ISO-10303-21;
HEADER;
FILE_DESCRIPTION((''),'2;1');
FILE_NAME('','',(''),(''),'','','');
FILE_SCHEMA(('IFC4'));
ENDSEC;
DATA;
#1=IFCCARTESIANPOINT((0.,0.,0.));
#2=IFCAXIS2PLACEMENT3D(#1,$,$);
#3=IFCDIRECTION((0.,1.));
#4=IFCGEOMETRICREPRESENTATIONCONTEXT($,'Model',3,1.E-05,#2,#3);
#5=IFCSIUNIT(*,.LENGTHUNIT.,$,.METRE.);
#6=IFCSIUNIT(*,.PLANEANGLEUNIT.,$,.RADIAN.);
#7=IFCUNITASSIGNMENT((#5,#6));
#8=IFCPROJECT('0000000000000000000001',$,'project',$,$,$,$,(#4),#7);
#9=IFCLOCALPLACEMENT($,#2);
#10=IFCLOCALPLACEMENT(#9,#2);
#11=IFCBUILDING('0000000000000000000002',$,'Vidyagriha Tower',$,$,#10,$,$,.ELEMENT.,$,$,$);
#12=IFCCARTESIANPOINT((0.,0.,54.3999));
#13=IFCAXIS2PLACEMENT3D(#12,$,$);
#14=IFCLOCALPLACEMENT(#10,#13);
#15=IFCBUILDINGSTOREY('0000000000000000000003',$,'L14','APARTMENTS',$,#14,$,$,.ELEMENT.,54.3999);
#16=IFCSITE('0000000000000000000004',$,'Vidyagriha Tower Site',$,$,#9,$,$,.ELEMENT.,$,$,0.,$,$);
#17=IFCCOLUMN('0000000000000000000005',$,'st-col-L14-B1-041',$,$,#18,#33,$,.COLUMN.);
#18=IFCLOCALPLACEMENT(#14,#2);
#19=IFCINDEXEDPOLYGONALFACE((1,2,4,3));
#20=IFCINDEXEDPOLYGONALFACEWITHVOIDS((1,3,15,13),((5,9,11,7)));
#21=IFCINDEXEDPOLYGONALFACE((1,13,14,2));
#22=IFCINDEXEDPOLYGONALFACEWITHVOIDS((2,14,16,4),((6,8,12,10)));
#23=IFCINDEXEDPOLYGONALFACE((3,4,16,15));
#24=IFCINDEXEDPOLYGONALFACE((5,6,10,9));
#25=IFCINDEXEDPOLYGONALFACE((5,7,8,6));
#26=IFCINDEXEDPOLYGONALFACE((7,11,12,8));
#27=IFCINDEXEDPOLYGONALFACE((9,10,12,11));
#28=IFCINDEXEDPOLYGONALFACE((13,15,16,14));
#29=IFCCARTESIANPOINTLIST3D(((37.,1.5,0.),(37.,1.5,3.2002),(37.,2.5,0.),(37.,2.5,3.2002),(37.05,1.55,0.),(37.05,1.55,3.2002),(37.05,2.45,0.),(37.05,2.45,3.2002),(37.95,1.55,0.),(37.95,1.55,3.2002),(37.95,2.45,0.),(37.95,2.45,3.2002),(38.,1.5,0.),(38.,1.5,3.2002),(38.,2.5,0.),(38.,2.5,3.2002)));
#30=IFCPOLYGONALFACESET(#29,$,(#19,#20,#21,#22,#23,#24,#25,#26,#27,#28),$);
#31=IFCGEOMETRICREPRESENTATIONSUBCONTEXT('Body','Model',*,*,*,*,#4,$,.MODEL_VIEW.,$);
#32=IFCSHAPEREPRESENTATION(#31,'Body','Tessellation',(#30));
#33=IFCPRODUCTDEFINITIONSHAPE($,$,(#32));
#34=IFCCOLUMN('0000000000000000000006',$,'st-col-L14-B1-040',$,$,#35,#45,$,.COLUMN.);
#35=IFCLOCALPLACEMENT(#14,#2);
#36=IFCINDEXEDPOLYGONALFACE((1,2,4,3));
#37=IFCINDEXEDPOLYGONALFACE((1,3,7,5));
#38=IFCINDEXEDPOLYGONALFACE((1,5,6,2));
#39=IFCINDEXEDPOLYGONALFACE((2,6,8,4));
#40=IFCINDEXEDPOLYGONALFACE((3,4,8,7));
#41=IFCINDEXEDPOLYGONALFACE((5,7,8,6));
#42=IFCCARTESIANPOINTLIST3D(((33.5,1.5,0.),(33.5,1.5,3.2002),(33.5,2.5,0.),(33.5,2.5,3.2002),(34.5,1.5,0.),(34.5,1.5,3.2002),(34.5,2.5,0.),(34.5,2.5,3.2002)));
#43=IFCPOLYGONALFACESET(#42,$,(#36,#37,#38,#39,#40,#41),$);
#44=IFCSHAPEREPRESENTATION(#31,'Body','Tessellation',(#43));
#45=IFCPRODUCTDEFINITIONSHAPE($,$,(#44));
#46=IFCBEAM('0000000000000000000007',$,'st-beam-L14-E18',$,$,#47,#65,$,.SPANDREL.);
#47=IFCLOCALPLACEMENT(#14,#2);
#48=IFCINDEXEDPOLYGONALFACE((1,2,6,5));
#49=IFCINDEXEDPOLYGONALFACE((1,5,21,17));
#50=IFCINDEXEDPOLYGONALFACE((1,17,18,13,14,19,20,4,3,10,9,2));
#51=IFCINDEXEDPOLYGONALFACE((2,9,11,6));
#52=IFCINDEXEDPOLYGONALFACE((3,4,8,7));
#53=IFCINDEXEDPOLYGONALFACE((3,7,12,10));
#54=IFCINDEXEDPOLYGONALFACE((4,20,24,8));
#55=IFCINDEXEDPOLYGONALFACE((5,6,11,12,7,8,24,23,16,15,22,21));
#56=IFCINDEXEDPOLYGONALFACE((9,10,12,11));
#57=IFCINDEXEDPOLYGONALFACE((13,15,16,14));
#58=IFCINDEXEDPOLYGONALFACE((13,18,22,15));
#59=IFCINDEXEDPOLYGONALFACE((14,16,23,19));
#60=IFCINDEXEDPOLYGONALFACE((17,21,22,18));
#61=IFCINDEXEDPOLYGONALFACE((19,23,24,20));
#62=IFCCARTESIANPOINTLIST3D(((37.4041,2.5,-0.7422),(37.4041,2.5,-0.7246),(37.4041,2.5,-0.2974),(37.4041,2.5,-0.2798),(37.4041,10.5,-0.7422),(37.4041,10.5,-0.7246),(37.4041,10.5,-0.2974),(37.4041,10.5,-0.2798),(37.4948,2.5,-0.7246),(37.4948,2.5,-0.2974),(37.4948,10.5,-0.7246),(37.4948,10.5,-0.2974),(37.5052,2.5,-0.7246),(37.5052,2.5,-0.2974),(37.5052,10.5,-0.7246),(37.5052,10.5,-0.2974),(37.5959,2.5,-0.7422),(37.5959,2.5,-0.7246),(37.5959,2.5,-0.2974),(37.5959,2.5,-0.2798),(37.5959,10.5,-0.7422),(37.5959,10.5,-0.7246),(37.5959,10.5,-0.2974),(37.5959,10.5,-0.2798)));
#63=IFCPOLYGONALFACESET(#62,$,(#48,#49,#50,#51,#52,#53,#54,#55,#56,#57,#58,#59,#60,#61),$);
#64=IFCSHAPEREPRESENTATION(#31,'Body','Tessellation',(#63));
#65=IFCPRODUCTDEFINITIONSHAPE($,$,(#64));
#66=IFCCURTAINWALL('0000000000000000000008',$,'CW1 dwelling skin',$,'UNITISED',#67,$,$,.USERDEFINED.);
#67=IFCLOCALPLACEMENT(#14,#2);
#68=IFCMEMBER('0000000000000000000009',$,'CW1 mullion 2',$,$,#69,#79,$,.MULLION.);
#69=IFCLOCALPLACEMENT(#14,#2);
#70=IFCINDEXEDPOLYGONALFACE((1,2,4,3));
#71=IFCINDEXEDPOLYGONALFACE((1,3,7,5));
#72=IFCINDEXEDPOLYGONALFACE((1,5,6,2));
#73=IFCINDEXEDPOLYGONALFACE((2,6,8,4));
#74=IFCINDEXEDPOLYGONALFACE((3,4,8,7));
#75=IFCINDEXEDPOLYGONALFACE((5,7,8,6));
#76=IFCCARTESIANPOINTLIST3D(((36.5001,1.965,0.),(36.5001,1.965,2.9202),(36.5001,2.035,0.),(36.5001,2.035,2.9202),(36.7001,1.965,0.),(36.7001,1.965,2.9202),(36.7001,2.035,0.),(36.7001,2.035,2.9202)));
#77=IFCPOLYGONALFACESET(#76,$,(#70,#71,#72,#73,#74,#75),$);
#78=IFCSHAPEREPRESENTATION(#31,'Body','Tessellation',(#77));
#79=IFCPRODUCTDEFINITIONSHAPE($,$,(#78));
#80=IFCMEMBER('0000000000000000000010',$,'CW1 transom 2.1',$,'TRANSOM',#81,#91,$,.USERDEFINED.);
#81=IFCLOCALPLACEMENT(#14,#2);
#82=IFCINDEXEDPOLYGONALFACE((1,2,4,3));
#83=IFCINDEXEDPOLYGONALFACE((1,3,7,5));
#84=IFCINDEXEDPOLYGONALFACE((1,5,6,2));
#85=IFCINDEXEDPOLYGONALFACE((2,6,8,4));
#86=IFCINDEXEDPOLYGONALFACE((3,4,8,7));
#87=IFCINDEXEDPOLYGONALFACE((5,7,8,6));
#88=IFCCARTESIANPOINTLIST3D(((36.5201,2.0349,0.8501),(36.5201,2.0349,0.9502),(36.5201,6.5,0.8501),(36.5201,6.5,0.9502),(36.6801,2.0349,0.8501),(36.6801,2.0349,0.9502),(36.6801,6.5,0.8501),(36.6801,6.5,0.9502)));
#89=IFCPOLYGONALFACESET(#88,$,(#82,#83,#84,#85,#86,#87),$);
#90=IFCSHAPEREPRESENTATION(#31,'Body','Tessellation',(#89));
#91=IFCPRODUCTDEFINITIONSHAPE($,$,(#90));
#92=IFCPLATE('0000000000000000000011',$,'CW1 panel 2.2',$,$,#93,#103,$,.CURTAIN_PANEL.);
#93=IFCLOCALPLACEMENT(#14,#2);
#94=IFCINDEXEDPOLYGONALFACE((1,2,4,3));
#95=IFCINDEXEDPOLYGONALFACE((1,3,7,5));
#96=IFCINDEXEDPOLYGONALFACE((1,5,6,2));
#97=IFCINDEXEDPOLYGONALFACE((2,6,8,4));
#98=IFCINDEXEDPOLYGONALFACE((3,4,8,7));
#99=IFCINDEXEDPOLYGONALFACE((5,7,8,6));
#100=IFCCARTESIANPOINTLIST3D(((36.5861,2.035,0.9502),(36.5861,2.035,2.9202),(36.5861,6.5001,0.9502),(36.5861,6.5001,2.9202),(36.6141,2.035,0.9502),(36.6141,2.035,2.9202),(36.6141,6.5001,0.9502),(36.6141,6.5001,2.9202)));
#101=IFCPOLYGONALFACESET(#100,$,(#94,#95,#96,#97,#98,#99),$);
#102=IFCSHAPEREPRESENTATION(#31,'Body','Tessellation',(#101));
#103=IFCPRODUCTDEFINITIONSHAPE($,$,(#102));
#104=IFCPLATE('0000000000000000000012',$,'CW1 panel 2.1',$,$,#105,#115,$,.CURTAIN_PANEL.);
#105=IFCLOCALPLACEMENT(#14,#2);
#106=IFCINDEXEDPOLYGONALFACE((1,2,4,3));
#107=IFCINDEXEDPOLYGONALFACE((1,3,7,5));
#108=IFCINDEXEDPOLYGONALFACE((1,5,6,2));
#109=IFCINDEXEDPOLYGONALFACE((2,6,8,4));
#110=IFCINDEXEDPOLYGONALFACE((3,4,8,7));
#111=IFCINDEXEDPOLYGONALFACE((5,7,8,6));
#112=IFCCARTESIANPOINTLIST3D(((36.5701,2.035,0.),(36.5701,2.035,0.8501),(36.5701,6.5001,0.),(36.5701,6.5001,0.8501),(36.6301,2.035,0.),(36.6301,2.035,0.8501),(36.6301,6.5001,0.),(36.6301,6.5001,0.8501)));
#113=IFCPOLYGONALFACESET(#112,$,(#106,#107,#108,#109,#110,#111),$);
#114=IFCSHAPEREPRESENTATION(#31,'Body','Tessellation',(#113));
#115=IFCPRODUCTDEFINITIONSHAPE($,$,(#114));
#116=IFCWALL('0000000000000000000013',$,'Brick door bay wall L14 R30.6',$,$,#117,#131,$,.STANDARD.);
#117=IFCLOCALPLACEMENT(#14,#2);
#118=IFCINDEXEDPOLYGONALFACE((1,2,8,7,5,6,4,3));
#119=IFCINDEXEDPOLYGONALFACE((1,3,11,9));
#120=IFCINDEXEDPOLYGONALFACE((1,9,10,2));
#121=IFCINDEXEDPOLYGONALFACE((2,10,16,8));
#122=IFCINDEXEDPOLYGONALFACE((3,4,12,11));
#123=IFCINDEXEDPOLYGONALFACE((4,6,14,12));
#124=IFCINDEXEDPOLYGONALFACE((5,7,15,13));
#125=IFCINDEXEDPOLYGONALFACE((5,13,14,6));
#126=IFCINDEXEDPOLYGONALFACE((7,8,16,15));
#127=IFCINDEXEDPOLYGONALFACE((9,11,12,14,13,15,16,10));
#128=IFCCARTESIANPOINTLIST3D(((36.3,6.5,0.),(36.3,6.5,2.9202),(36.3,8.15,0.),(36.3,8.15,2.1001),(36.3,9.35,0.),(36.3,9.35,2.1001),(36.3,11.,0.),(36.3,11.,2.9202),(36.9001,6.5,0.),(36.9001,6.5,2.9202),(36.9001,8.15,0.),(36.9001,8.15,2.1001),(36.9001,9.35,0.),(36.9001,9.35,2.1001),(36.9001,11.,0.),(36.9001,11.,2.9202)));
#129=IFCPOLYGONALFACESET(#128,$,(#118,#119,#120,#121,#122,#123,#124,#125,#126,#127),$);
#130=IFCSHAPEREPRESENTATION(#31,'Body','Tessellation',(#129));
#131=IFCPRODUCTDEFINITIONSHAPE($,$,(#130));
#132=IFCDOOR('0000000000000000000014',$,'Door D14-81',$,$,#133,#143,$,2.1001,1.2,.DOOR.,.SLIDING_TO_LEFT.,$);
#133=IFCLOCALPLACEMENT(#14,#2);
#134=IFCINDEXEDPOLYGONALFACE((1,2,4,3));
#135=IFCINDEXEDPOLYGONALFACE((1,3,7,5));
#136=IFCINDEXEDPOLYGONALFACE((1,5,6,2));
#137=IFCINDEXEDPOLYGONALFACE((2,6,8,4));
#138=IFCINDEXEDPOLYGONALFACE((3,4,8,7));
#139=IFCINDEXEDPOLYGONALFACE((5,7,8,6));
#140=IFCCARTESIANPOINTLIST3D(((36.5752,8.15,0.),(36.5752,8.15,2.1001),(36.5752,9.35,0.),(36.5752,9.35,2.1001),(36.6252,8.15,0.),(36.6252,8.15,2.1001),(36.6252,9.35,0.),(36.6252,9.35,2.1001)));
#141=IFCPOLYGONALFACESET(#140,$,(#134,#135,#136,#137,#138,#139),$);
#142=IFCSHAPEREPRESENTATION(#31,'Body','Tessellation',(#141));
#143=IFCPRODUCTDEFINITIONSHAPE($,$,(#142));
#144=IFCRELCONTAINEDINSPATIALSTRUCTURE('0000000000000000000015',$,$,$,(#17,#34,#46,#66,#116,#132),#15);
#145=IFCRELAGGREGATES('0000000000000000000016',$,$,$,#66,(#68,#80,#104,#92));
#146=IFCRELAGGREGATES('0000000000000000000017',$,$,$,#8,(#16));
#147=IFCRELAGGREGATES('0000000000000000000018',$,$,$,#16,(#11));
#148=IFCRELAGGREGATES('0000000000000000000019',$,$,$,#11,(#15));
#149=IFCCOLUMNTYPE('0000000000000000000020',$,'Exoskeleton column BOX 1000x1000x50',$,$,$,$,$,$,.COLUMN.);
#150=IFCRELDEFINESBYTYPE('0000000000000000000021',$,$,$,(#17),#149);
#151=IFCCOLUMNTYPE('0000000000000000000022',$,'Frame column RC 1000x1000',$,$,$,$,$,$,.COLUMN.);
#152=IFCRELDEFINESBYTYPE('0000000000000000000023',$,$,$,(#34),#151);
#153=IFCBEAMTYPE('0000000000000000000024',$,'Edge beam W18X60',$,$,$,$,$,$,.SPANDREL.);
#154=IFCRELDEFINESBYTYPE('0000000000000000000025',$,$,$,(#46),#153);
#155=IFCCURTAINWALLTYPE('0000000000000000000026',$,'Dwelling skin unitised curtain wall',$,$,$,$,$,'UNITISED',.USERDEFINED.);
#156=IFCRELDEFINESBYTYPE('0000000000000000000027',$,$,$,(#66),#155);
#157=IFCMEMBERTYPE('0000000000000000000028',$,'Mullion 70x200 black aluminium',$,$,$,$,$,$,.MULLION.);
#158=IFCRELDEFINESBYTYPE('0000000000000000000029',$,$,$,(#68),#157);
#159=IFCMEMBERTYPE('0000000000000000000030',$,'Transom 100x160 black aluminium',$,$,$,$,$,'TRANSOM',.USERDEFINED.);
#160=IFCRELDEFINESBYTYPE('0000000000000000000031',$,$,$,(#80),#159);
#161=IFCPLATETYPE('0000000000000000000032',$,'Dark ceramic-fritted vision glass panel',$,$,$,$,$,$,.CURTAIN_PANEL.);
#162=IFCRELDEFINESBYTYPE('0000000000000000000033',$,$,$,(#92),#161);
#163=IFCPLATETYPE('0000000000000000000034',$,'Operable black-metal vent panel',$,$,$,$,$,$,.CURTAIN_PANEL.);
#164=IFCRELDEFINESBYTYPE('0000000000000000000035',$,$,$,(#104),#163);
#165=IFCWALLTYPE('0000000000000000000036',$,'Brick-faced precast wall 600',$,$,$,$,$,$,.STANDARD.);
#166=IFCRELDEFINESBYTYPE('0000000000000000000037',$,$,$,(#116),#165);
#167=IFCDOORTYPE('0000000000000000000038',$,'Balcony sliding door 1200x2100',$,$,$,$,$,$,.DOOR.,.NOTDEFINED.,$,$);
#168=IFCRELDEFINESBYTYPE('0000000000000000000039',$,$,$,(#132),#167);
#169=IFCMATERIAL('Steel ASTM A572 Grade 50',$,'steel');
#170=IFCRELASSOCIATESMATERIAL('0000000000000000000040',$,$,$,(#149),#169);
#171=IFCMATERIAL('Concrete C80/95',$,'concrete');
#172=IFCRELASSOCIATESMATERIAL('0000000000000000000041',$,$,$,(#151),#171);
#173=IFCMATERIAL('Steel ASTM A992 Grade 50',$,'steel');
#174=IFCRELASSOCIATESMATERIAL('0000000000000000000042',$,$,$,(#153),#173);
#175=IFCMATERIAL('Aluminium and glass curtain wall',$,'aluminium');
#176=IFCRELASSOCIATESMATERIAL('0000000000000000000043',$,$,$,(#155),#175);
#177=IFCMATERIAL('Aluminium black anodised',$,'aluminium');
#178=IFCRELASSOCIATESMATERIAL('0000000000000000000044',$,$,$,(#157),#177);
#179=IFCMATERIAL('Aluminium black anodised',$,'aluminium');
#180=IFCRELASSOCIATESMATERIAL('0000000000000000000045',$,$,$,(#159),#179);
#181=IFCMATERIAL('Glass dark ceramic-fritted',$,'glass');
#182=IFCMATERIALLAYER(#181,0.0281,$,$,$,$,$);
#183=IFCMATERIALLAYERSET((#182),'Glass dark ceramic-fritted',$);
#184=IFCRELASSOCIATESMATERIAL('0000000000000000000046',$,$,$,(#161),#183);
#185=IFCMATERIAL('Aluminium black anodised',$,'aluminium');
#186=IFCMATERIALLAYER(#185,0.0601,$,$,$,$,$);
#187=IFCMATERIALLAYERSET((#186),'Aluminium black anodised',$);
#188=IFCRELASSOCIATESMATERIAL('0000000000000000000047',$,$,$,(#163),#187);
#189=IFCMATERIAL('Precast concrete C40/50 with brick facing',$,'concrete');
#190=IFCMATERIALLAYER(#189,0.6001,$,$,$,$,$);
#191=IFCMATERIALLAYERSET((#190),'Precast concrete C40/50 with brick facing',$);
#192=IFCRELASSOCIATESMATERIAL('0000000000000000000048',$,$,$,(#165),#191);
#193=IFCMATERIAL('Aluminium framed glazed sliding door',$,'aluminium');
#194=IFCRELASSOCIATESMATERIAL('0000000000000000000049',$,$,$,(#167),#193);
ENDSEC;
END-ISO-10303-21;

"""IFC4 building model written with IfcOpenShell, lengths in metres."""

from ifc_helpers import new_model, si_unit, direction, frame, frame_2d, origin, origin_2d, place, context, subcontext, project, spatial, rectangle, hollow_rectangle, i_section, extrude, material, layer, layer_set, material_profile, profile_set, type_object, element, fill, aggregate, save


model = new_model("IFC4")

# Units and contexts
model_context = context("Model", 3, precision=1e-05, world=origin(), true_north=direction((0.0, 1.0)))
body_context = subcontext(model_context, "Body", "Model", "MODEL_VIEW")
ifc_project = project(units=[si_unit("LENGTHUNIT", "METRE"), si_unit("PLANEANGLEUNIT", "RADIAN")], contexts=[model_context])

# Site, building, storey
site_placement = place(None, origin())
site = spatial("IfcSite", under=ifc_project, at=site_placement, Name="Vidyagriha Tower Site", CompositionType="ELEMENT", RefElevation=0.0)
building_placement = place(site_placement, origin())
building = spatial("IfcBuilding", under=site, at=building_placement, Name="Vidyagriha Tower", CompositionType="ELEMENT")
storey_placement = place(building_placement, frame((0.0, 0.0, 54.3999)))
storey = spatial("IfcBuildingStorey", under=building, at=storey_placement, Name="L14", Description="APARTMENTS", CompositionType="ELEMENT", Elevation=54.3999)

# Columns
ifc_material_1 = material(Name="Steel ASTM A572 Grade 50", Category="steel")
ifc_material_profile_1 = material_profile(ifc_material_1, hollow_rectangle(XDim=1.0, YDim=1.0, WallThickness=0.05, at=origin_2d()), Name="BOX 1000x1000x50")
ifc_profile_set_1 = profile_set([ifc_material_profile_1], Name="Steel ASTM A572 Grade 50")
column_type_1 = type_object("IfcColumnType", Name="Exoskeleton column BOX 1000x1000x50", PredefinedType="COLUMN", material=ifc_profile_set_1)
column_1_placement = place(storey_placement, frame((37.5, 2.0, 0.0)))
element("IfcColumn", 1, at=column_1_placement, inside=storey, type_object=column_type_1, Name="st-col-L14-B1-041", PredefinedType="COLUMN", context=body_context, shape_type="SweptSolid", body=[
    extrude(hollow_rectangle(XDim=1.0, YDim=1.0, WallThickness=0.05, at=origin_2d()), origin(), (0.0, 0.0, 1.0), 3.2002),
])
ifc_material_2 = material(Name="Concrete C80/95", Category="concrete")
ifc_material_profile_2 = material_profile(ifc_material_2, rectangle(XDim=1.0, YDim=1.0, at=origin_2d()), Name="RC 1000x1000")
ifc_profile_set_2 = profile_set([ifc_material_profile_2], Name="Concrete C80/95")
column_type_2 = type_object("IfcColumnType", Name="Frame column RC 1000x1000", PredefinedType="COLUMN", material=ifc_profile_set_2)
column_2_placement = place(storey_placement, frame((34.0, 2.0, 0.0)))
element("IfcColumn", 2, at=column_2_placement, inside=storey, type_object=column_type_2, Name="st-col-L14-B1-040", PredefinedType="COLUMN", context=body_context, shape_type="SweptSolid", body=[
    extrude(rectangle(XDim=1.0, YDim=1.0, at=origin_2d()), origin(), (0.0, 0.0, 1.0), 3.2002),
])

# Beam
ifc_material_3 = material(Name="Steel ASTM A992 Grade 50", Category="steel")
ifc_material_profile_3 = material_profile(ifc_material_3, i_section(OverallWidth=0.1919, OverallDepth=0.4624, WebThickness=0.0105, FlangeThickness=0.0176, at=origin_2d()), Name="W18X60")
ifc_profile_set_3 = profile_set([ifc_material_profile_3], Name="Steel ASTM A992 Grade 50")
beam_type = type_object("IfcBeamType", Name="Edge beam W18X60", PredefinedType="SPANDREL", material=ifc_profile_set_3)
beam_placement = place(storey_placement, frame((37.5, 2.5, -0.511), z_axis=(0.0, 1.0, 0.0), x_axis=(-1.0, 0.0, 0.0)))
element("IfcBeam", 3, at=beam_placement, inside=storey, type_object=beam_type, Name="st-beam-L14-E18", PredefinedType="SPANDREL", context=body_context, shape_type="SweptSolid", body=[
    extrude(i_section(OverallWidth=0.1919, OverallDepth=0.4624, WebThickness=0.0105, FlangeThickness=0.0176, at=origin_2d()), origin(), (0.0, 0.0, 1.0), 8.0),
])

# Curtain wall, members, plates
ifc_material_4 = material(Name="Aluminium and glass curtain wall", Category="aluminium")
curtain_wall_type = type_object("IfcCurtainWallType", Name="Dwelling skin unitised curtain wall", ElementType="UNITISED", PredefinedType="USERDEFINED", material=ifc_material_4)
curtain_wall_placement = place(storey_placement, origin())
curtain_wall = element("IfcCurtainWall", 4, at=curtain_wall_placement, inside=storey, type_object=curtain_wall_type, Name="CW1 dwelling skin", ObjectType="UNITISED", PredefinedType="USERDEFINED")
ifc_material_5 = material(Name="Aluminium black anodised", Category="aluminium")
ifc_material_profile_4 = material_profile(ifc_material_5, rectangle(XDim=0.2, YDim=0.0701, at=origin_2d()), Name="Mullion 70x200 black aluminium")
ifc_profile_set_4 = profile_set([ifc_material_profile_4], Name="Aluminium black anodised")
member_type_1 = type_object("IfcMemberType", Name="Mullion 70x200 black aluminium", PredefinedType="MULLION", material=ifc_profile_set_4)
member_1_placement = place(storey_placement, frame((36.6001, 2.0, 0.0), z_axis=(0.0, 0.0, 1.0), x_axis=(-1.0, 0.0, 0.0)))
member_1 = element("IfcMember", 5, at=member_1_placement, type_object=member_type_1, Name="CW1 mullion 2", PredefinedType="MULLION", context=body_context, shape_type="SweptSolid", body=[
    extrude(rectangle(XDim=0.2, YDim=0.0701, at=origin_2d()), origin(), (0.0, 0.0, 1.0), 2.9202),
])
ifc_material_6 = material(Name="Aluminium black anodised", Category="aluminium")
ifc_material_profile_5 = material_profile(ifc_material_6, rectangle(XDim=0.1599, YDim=0.1001, at=origin_2d()), Name="Transom 100x160 black aluminium")
ifc_profile_set_5 = profile_set([ifc_material_profile_5], Name="Aluminium black anodised")
member_type_2 = type_object("IfcMemberType", Name="Transom 100x160 black aluminium", ElementType="TRANSOM", PredefinedType="USERDEFINED", material=ifc_profile_set_5)
member_2_placement = place(storey_placement, frame((36.6001, 2.0349, 0.9001), z_axis=(0.0, 1.0, 0.0), x_axis=(-1.0, 0.0, 0.0)))
member_2 = element("IfcMember", 6, at=member_2_placement, type_object=member_type_2, Name="CW1 transom 2.1", ObjectType="TRANSOM", PredefinedType="USERDEFINED", context=body_context, shape_type="SweptSolid", body=[
    extrude(rectangle(XDim=0.1599, YDim=0.1001, at=origin_2d()), origin(), (0.0, 0.0, 1.0), 4.4651),
])
ifc_material_7 = material(Name="Glass dark ceramic-fritted", Category="glass")
ifc_layer_1 = layer(ifc_material_7, 0.0281)
ifc_layer_set_1 = layer_set([ifc_layer_1], Name="Glass dark ceramic-fritted")
plate_type_1 = type_object("IfcPlateType", Name="Dark ceramic-fritted vision glass panel", PredefinedType="CURTAIN_PANEL", material=ifc_layer_set_1)
plate_1_placement = place(storey_placement, frame((36.6001, 4.2676, 0.9502), z_axis=(0.0, 0.0, 1.0), x_axis=(0.0, 1.0, 0.0)))
plate_1 = element("IfcPlate", 7, at=plate_1_placement, type_object=plate_type_1, Name="CW1 panel 2.2", PredefinedType="CURTAIN_PANEL", context=body_context, shape_type="SweptSolid", body=[
    extrude(rectangle(XDim=4.4651, YDim=0.0281, at=origin_2d()), origin(), (0.0, 0.0, 1.0), 1.97),
])
ifc_material_8 = material(Name="Aluminium black anodised", Category="aluminium")
ifc_layer_2 = layer(ifc_material_8, 0.0601)
ifc_layer_set_2 = layer_set([ifc_layer_2], Name="Aluminium black anodised")
plate_type_2 = type_object("IfcPlateType", Name="Operable black-metal vent panel", PredefinedType="CURTAIN_PANEL", material=ifc_layer_set_2)
plate_2_placement = place(storey_placement, frame((36.6001, 4.2676, 0.0), z_axis=(0.0, 0.0, 1.0), x_axis=(0.0, 1.0, 0.0)))
plate_2 = element("IfcPlate", 8, at=plate_2_placement, type_object=plate_type_2, Name="CW1 panel 2.1", PredefinedType="CURTAIN_PANEL", context=body_context, shape_type="SweptSolid", body=[
    extrude(rectangle(XDim=4.4651, YDim=0.0601, at=origin_2d()), origin(), (0.0, 0.0, 1.0), 0.8501),
])
aggregate(curtain_wall, [member_1, member_2, plate_2, plate_1])

# Wall, opening, door
ifc_material_9 = material(Name="Precast concrete C40/50 with brick facing", Category="concrete")
ifc_layer_3 = layer(ifc_material_9, 0.6001)
ifc_layer_set_3 = layer_set([ifc_layer_3], Name="Precast concrete C40/50 with brick facing")
wall_type = type_object("IfcWallType", Name="Brick-faced precast wall 600", PredefinedType="STANDARD", material=ifc_layer_set_3)
wall_placement = place(storey_placement, frame((36.6001, 6.5, 0.0), z_axis=(0.0, 0.0, 1.0), x_axis=(0.0, 1.0, 0.0)))
wall = element("IfcWall", 9, at=wall_placement, inside=storey, type_object=wall_type, Name="Brick door bay wall L14 R30.6", PredefinedType="STANDARD", context=body_context, shape_type="SweptSolid", body=[
    extrude(rectangle(XDim=4.5, YDim=0.6001, at=frame_2d((2.25, 0.0))), origin(), (0.0, 0.0, 1.0), 2.9202),
])
opening_placement = place(wall_placement, frame((1.6499, 0.0, 0.0)))
opening = element("IfcOpeningElement", 10, at=opening_placement, cuts=wall, PredefinedType="OPENING", context=body_context, shape_type="SweptSolid", body=[
    extrude(rectangle(XDim=1.2, YDim=2.1001, at=frame_2d((0.6001, 1.05))), frame((0.0, 0.3101, 0.0), z_axis=(0.0, -1.0, 0.0), x_axis=(1.0, 0.0, 0.0)), (0.0, 0.0, 1.0), 0.6201),
])
ifc_material_10 = material(Name="Aluminium framed glazed sliding door", Category="aluminium")
door_type = type_object("IfcDoorType", Name="Balcony sliding door 1200x2100", OperationType="NOTDEFINED", PredefinedType="DOOR", material=ifc_material_10)
door_placement = place(opening_placement, origin())
door = element("IfcDoor", 11, at=door_placement, inside=storey, type_object=door_type, Name="Door D14-81", OperationType="SLIDING_TO_LEFT", OverallHeight=2.1001, OverallWidth=1.2, PredefinedType="DOOR", context=body_context, shape_type="SweptSolid", body=[
    extrude(rectangle(XDim=1.2, YDim=2.1001, at=frame_2d((0.6001, 1.05))), frame((0.0, 0.0249, 0.0), z_axis=(0.0, -1.0, 0.0), x_axis=(1.0, 0.0, 0.0)), (0.0, 0.0, 1.0), 0.05),
])
fill(opening, door)

save(model, "model.ifc")
